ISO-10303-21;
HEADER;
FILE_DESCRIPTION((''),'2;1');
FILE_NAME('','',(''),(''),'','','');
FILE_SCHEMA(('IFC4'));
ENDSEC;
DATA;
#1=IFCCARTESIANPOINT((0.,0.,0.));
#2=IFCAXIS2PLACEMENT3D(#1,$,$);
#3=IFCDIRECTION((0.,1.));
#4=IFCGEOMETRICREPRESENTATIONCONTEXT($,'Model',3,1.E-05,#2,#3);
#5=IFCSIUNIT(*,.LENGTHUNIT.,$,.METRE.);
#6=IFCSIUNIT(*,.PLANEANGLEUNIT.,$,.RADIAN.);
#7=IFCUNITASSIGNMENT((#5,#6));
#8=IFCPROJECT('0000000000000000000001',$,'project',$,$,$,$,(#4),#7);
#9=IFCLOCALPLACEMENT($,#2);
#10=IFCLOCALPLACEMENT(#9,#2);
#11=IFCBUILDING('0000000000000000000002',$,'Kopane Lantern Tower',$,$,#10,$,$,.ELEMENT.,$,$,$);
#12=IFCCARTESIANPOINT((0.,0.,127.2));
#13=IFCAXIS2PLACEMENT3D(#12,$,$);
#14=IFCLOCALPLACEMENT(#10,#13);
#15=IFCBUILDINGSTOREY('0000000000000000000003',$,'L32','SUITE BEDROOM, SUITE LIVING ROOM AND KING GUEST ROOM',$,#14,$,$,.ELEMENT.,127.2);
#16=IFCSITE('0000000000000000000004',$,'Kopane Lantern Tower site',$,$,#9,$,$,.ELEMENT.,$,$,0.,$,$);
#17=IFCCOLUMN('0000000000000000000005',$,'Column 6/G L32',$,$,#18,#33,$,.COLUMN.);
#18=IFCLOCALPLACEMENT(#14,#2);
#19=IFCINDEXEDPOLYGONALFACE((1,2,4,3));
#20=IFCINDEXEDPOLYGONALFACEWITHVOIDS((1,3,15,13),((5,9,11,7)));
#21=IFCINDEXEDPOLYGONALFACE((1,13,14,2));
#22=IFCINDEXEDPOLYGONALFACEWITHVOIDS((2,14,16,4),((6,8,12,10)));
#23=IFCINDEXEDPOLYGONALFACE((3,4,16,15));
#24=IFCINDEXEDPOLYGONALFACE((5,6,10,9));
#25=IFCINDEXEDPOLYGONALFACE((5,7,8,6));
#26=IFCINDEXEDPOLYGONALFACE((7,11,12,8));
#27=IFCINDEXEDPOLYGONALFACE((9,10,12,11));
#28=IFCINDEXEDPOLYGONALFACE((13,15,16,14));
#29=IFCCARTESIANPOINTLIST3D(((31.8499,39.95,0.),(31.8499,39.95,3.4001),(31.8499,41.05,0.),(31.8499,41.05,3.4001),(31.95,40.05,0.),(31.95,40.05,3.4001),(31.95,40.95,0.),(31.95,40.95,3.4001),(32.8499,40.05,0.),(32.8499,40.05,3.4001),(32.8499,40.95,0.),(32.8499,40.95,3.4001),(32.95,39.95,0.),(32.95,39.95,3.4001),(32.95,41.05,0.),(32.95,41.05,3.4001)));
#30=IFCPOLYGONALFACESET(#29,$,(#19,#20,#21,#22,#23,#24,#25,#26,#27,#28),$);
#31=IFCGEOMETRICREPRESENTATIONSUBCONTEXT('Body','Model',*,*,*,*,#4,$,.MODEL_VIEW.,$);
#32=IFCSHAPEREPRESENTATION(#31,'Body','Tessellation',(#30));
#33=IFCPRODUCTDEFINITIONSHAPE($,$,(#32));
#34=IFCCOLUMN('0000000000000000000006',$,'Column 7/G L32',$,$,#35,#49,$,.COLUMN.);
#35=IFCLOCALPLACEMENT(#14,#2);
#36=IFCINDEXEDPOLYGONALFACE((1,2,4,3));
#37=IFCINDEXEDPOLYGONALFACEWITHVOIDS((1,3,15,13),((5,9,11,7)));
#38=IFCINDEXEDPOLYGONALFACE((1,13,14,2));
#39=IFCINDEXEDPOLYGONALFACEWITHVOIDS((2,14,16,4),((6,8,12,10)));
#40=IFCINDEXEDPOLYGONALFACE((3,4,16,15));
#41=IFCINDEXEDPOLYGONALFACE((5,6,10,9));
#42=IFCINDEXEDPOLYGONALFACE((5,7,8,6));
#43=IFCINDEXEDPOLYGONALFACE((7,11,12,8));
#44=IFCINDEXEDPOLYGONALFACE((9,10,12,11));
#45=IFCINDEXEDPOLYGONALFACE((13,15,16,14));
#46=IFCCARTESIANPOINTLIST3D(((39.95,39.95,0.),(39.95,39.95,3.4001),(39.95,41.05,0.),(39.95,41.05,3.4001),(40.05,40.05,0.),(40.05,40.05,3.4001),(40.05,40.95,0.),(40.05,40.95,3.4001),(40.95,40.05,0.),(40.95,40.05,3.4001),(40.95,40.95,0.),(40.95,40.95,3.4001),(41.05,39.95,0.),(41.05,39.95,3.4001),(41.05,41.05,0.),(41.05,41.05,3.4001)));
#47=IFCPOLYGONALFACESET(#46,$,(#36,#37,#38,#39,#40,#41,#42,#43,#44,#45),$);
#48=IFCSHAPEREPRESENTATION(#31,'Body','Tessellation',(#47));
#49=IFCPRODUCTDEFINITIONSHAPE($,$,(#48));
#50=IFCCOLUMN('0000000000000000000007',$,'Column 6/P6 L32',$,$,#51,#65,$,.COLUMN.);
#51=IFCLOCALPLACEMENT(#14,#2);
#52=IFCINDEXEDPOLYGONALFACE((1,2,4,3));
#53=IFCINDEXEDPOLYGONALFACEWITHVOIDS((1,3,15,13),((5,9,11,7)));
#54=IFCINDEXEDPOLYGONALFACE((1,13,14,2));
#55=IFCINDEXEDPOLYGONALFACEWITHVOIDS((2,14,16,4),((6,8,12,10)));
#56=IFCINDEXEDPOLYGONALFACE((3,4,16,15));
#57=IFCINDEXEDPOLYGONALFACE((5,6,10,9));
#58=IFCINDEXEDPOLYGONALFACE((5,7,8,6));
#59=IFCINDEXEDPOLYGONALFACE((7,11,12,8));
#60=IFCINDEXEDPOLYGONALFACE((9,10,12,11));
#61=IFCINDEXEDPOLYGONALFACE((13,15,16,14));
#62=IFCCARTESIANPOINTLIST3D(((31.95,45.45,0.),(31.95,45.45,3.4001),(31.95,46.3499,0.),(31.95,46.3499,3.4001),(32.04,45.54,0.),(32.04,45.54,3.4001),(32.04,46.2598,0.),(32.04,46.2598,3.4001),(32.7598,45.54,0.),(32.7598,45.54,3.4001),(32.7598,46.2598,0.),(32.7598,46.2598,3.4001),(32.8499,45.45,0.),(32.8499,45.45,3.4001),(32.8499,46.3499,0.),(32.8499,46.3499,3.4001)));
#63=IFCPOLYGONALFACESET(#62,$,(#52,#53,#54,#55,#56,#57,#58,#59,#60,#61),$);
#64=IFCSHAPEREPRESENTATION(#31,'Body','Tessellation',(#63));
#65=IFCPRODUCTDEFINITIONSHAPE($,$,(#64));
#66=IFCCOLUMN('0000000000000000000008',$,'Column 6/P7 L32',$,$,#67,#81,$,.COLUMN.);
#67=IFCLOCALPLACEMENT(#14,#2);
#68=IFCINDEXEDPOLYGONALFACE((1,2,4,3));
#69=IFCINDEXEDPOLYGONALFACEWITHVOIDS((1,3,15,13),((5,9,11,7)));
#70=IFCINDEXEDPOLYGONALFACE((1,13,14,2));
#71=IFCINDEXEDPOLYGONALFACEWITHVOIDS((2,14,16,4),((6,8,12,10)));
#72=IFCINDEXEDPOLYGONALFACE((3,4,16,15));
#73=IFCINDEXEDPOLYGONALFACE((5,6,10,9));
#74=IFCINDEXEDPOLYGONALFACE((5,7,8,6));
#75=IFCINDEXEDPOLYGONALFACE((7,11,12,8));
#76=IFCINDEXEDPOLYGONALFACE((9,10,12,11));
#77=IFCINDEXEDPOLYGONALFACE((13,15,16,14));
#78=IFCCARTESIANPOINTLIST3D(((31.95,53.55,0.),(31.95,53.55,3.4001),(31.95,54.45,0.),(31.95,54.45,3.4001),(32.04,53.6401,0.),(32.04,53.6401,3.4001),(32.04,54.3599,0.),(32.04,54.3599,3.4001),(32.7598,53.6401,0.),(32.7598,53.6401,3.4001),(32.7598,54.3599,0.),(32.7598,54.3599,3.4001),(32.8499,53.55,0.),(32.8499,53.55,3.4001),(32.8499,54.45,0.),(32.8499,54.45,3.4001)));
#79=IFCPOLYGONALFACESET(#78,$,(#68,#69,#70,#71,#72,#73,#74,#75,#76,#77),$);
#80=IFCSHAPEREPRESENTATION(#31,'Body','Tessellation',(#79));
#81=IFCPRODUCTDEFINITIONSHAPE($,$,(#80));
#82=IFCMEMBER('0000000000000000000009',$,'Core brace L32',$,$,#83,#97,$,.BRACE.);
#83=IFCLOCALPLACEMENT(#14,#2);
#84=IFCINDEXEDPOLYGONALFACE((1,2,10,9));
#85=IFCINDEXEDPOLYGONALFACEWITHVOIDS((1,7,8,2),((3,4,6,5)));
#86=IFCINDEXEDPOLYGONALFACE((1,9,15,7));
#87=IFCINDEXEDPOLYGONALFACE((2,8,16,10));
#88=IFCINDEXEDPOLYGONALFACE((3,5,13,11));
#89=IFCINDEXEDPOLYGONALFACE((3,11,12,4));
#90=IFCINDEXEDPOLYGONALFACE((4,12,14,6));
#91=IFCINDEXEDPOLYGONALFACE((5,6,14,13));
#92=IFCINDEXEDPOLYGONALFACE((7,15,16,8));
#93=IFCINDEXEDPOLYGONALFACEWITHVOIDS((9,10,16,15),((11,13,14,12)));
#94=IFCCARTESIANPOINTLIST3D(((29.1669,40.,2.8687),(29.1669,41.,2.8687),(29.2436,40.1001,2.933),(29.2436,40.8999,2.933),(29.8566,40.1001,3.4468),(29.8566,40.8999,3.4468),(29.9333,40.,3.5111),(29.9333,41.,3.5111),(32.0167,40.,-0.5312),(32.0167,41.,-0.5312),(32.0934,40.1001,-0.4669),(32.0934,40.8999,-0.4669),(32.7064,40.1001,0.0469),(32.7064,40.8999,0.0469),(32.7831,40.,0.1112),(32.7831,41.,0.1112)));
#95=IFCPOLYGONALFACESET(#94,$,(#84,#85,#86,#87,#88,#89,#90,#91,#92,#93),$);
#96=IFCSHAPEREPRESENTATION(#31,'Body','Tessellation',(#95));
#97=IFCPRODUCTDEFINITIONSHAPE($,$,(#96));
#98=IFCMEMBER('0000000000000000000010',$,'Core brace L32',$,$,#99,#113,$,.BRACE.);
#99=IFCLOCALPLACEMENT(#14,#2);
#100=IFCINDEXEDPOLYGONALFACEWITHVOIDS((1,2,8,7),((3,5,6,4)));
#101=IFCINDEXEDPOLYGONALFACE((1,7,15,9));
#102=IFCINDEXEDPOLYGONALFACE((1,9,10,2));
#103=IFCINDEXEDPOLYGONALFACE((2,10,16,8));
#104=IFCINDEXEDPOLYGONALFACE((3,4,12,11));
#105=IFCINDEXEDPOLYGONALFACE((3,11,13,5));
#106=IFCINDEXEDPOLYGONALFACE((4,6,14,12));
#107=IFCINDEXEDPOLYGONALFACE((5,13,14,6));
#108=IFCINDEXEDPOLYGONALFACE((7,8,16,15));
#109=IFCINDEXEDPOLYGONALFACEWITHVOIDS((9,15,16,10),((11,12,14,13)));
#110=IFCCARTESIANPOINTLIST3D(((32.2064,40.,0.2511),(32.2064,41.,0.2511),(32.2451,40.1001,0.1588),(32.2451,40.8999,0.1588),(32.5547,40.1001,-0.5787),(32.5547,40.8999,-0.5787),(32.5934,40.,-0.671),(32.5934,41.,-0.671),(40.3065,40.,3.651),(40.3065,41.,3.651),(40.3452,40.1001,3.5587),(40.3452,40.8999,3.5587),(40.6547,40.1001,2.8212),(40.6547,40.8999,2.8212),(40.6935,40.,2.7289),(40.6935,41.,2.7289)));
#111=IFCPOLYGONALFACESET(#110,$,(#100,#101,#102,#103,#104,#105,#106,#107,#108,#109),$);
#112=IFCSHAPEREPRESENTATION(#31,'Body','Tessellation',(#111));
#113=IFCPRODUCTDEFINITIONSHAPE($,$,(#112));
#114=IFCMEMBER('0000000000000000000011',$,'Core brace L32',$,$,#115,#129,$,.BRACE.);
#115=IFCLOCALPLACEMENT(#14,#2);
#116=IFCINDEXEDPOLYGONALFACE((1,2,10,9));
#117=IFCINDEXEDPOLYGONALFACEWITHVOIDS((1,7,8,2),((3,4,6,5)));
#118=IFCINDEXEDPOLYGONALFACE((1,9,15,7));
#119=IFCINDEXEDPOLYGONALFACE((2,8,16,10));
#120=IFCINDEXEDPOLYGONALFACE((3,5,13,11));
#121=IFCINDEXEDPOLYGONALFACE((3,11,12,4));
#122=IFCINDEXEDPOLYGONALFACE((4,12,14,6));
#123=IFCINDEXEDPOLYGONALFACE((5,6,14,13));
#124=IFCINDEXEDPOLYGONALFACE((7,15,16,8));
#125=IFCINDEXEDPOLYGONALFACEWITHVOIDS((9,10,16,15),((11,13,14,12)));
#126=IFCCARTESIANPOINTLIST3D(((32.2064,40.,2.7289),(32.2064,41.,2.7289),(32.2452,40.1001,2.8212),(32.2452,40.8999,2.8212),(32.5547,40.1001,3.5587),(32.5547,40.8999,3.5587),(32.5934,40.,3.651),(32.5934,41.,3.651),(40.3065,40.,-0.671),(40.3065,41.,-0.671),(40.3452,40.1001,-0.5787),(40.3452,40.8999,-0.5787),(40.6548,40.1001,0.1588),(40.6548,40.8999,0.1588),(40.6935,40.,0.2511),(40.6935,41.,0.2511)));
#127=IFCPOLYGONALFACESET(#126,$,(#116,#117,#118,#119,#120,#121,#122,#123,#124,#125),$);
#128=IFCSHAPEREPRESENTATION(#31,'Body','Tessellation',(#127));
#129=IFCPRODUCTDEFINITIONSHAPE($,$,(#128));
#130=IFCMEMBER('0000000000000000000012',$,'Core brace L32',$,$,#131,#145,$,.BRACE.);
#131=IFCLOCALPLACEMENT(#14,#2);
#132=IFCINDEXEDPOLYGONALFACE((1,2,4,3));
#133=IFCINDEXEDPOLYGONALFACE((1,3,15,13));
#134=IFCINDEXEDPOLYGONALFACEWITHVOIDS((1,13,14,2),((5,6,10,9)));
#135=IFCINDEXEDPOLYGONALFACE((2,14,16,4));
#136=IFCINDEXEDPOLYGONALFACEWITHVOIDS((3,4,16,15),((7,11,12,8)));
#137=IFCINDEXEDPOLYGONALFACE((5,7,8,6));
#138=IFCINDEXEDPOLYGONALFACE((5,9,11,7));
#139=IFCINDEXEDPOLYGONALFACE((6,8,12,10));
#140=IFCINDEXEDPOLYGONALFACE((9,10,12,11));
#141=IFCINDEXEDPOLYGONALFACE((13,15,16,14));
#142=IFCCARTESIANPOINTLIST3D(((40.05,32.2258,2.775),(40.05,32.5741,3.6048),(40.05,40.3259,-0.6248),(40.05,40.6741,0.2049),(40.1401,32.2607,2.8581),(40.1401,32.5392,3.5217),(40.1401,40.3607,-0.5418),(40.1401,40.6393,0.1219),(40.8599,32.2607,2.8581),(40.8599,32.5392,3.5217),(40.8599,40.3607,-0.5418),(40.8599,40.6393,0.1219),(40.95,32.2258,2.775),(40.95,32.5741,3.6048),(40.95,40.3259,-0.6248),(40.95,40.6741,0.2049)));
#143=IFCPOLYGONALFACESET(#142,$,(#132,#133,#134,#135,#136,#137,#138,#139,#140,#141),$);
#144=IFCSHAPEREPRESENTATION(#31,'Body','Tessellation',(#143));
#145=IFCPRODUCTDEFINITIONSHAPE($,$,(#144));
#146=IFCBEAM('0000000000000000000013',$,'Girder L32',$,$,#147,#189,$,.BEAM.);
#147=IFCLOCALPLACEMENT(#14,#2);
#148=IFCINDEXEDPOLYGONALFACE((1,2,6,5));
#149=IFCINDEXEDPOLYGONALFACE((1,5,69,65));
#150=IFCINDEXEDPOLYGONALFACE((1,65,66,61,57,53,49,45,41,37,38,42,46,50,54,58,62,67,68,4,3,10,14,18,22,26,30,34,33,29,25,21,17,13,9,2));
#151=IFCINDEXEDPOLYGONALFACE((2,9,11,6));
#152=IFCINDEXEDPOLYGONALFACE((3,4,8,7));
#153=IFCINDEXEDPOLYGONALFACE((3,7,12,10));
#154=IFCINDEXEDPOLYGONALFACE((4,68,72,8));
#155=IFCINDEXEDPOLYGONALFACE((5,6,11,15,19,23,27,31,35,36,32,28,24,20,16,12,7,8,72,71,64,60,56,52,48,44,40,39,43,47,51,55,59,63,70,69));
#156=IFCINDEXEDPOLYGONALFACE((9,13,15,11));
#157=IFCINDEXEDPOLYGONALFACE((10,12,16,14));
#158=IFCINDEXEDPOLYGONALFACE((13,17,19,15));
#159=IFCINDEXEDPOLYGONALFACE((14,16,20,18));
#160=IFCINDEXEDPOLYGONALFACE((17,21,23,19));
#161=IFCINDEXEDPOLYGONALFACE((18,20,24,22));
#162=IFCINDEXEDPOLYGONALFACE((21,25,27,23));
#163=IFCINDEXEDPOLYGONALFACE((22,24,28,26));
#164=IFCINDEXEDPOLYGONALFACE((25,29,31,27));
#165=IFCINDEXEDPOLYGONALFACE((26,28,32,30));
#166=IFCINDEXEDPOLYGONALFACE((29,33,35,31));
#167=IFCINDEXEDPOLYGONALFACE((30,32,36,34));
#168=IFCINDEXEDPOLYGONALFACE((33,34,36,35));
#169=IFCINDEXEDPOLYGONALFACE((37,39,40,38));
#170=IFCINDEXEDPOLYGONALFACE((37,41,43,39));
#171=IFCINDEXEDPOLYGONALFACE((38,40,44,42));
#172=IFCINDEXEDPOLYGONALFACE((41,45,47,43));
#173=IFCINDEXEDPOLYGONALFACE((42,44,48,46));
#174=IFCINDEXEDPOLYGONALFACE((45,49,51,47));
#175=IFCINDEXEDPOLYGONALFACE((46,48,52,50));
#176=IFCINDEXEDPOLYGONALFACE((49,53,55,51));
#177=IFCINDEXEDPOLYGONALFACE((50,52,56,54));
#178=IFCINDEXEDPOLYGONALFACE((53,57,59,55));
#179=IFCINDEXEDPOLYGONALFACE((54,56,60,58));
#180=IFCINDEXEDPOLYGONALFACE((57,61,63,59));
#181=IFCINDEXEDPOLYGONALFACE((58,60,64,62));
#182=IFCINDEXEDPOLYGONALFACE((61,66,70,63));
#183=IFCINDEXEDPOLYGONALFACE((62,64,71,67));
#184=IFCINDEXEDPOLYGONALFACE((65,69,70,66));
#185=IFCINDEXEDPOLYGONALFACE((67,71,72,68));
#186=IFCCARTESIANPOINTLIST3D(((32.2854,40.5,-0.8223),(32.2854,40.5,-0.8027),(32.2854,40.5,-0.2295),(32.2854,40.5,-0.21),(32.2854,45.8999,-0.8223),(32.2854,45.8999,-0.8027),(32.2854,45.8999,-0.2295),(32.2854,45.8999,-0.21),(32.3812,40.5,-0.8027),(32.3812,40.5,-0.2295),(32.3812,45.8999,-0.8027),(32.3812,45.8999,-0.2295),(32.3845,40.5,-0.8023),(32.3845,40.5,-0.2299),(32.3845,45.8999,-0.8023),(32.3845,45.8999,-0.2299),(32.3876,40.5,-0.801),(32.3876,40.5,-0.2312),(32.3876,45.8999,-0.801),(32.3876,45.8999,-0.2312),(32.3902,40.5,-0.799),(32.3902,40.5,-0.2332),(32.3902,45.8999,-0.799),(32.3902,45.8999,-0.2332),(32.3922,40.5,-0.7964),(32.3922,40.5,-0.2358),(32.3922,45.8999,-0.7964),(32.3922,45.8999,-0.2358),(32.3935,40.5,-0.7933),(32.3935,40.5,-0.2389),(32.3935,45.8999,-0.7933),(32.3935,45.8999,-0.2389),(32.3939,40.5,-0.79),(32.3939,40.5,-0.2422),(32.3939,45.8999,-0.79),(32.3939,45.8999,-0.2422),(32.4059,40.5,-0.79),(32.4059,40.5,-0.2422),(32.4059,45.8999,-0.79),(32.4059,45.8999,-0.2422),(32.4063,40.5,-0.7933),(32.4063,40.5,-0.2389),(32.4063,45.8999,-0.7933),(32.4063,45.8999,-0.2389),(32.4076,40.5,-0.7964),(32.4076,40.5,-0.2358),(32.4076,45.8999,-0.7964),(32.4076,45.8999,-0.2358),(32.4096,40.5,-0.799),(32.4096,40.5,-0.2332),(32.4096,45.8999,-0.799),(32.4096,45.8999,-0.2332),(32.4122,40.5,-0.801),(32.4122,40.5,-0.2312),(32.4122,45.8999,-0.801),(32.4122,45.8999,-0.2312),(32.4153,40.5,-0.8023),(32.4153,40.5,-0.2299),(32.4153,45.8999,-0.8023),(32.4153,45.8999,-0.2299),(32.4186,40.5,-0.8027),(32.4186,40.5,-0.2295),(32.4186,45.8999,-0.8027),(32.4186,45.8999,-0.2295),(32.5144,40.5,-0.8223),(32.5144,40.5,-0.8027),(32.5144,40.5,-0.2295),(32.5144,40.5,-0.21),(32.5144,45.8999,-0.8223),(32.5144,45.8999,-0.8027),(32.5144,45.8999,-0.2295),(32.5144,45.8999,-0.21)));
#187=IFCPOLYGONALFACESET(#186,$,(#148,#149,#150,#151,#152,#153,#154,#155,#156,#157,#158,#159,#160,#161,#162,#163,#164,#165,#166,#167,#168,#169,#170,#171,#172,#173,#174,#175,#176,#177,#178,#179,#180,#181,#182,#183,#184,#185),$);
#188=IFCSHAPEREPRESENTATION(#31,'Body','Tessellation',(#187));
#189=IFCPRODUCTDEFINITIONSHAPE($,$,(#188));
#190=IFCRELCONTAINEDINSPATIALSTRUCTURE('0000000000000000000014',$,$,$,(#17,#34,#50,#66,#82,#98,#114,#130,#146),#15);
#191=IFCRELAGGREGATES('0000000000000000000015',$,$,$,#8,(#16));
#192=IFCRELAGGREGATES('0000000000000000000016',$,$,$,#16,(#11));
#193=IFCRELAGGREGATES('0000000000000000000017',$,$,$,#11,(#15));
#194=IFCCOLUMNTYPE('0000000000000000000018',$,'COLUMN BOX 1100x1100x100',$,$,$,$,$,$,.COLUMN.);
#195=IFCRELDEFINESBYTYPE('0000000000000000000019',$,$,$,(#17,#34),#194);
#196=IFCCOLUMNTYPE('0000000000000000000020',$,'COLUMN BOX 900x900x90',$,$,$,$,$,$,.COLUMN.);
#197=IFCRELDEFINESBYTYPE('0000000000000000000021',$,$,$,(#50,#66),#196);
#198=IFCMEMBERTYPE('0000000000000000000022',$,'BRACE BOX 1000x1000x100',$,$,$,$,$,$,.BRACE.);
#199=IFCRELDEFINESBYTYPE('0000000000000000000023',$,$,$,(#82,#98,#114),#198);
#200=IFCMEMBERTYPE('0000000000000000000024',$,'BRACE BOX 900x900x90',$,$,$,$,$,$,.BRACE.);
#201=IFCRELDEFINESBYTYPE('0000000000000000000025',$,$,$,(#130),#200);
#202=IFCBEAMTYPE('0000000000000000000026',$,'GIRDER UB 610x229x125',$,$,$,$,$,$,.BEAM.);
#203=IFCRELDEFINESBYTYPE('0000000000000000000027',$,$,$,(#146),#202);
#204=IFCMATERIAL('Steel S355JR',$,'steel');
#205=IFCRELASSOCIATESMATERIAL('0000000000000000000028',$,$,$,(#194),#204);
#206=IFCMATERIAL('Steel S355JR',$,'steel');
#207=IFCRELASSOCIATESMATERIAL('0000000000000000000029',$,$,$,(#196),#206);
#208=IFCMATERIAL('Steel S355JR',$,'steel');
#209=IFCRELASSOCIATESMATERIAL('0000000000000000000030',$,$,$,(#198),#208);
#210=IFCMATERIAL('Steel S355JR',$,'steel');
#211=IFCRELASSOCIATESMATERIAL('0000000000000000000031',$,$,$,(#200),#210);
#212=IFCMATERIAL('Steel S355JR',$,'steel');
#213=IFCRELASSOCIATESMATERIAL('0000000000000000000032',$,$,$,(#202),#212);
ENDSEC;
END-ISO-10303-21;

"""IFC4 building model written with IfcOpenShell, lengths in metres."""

from ifc_helpers import new_model, si_unit, direction, frame, origin, origin_2d, place, context, subcontext, project, spatial, hollow_rectangle, i_section, extrude, material, material_profile, profile_set, type_object, element, save


model = new_model("IFC4")

# Units and contexts
model_context = context("Model", 3, precision=1e-05, world=origin(), true_north=direction((0.0, 1.0)))
body_context = subcontext(model_context, "Body", "Model", "MODEL_VIEW")
ifc_project = project(units=[si_unit("LENGTHUNIT", "METRE"), si_unit("PLANEANGLEUNIT", "RADIAN")], contexts=[model_context])

# Site, building, storey
site_placement = place(None, origin())
site = spatial("IfcSite", under=ifc_project, at=site_placement, Name="Kopane Lantern Tower site", CompositionType="ELEMENT", RefElevation=0.0)
building_placement = place(site_placement, origin())
building = spatial("IfcBuilding", under=site, at=building_placement, Name="Kopane Lantern Tower", CompositionType="ELEMENT")
storey_placement = place(building_placement, frame((0.0, 0.0, 127.2)))
storey = spatial("IfcBuildingStorey", under=building, at=storey_placement, Name="L32", Description="SUITE BEDROOM, SUITE LIVING ROOM AND KING GUEST ROOM", CompositionType="ELEMENT", Elevation=127.2)

# Columns
ifc_material_1 = material(Name="Steel S355JR", Category="steel")
ifc_material_profile_1 = material_profile(ifc_material_1, hollow_rectangle(XDim=1.1001, YDim=1.1001, WallThickness=0.1001, at=origin_2d()), Name="BOX 1100x1100x100")
ifc_profile_set_1 = profile_set([ifc_material_profile_1], Name="Steel S355JR")
column_type_1 = type_object("IfcColumnType", Name="COLUMN BOX 1100x1100x100", PredefinedType="COLUMN", material=ifc_profile_set_1)
for number, where, z_axis, x_axis, name in (
    (1, (32.3999, 40.5, 0.0), (0.0, 0.0, 1.0), (1.0, 0.0, 0.0), "Column 6/G L32"),
    (2, (40.5, 40.5, 0.0), (0.0, 0.0, 1.0), (1.0, 0.0, 0.0), "Column 7/G L32"),
):
    element("IfcColumn", number, at=place(storey_placement, frame(where, z_axis=z_axis, x_axis=x_axis)), inside=storey, type_object=column_type_1, Name=name, PredefinedType="COLUMN", context=body_context, shape_type="SweptSolid", body=[
        extrude(hollow_rectangle(XDim=1.1001, YDim=1.1001, WallThickness=0.1001, at=origin_2d()), origin(), (0.0, 0.0, 1.0), 3.4001),
    ])
ifc_material_2 = material(Name="Steel S355JR", Category="steel")
ifc_material_profile_2 = material_profile(ifc_material_2, hollow_rectangle(XDim=0.8999, YDim=0.8999, WallThickness=0.0901, at=origin_2d()), Name="BOX 900x900x90")
ifc_profile_set_2 = profile_set([ifc_material_profile_2], Name="Steel S355JR")
column_type_2 = type_object("IfcColumnType", Name="COLUMN BOX 900x900x90", PredefinedType="COLUMN", material=ifc_profile_set_2)
for number, where, z_axis, x_axis, name in (
    (3, (32.3999, 45.8999, 0.0), (0.0, 0.0, 1.0), (1.0, 0.0, 0.0), "Column 6/P6 L32"),
    (4, (32.3999, 54.0, 0.0), (0.0, 0.0, 1.0), (1.0, 0.0, 0.0), "Column 6/P7 L32"),
):
    element("IfcColumn", number, at=place(storey_placement, frame(where, z_axis=z_axis, x_axis=x_axis)), inside=storey, type_object=column_type_2, Name=name, PredefinedType="COLUMN", context=body_context, shape_type="SweptSolid", body=[
        extrude(hollow_rectangle(XDim=0.8999, YDim=0.8999, WallThickness=0.0901, at=origin_2d()), origin(), (0.0, 0.0, 1.0), 3.4001),
    ])

# Members
ifc_material_3 = material(Name="Steel S355JR", Category="steel")
ifc_material_profile_3 = material_profile(ifc_material_3, hollow_rectangle(XDim=1.0, YDim=1.0, WallThickness=0.1001, at=origin_2d()), Name="BOX 1000x1000x100")
ifc_profile_set_3 = profile_set([ifc_material_profile_3], Name="Steel S355JR")
member_type_1 = type_object("IfcMemberType", Name="BRACE BOX 1000x1000x100", PredefinedType="BRACE", material=ifc_profile_set_3)
member_1_placement = place(storey_placement, frame((32.3999, 40.5, -0.21), z_axis=(-0.64239, 0.0, 0.766378), x_axis=(0.0, -1.0, 0.0)))
element("IfcMember", 5, at=member_1_placement, inside=storey, type_object=member_type_1, Name="Core brace L32", PredefinedType="BRACE", context=body_context, shape_type="SweptSolid", body=[
    extrude(hollow_rectangle(XDim=1.0, YDim=1.0, WallThickness=0.1001, at=origin_2d()), origin(), (0.0, 0.0, 1.0), 4.4363),
])
for number, where, z_axis, x_axis, name in (
    (6, (32.3999, 40.5, -0.21), (0.922069, 0.0, 0.387026), (0.0, 1.0, 0.0), "Core brace L32"),
    (7, (40.5, 40.5, -0.21), (-0.922069, 0.0, 0.387026), (0.0, -1.0, 0.0), "Core brace L32"),
):
    element("IfcMember", number, at=place(storey_placement, frame(where, z_axis=z_axis, x_axis=x_axis)), inside=storey, type_object=member_type_1, Name=name, PredefinedType="BRACE", context=body_context, shape_type="SweptSolid", body=[
        extrude(hollow_rectangle(XDim=1.0, YDim=1.0, WallThickness=0.1001, at=origin_2d()), origin(), (0.0, 0.0, 1.0), 8.7847),
    ])
ifc_material_4 = material(Name="Steel S355JR", Category="steel")
ifc_material_profile_4 = material_profile(ifc_material_4, hollow_rectangle(XDim=0.8999, YDim=0.8999, WallThickness=0.0901, at=origin_2d()), Name="BOX 900x900x90")
ifc_profile_set_4 = profile_set([ifc_material_profile_4], Name="Steel S355JR")
member_type_2 = type_object("IfcMemberType", Name="BRACE BOX 900x900x90", PredefinedType="BRACE", material=ifc_profile_set_4)
member_2_placement = place(storey_placement, frame((40.5, 40.5, -0.21), z_axis=(0.0, -0.922069, 0.387026), x_axis=(1.0, 0.0, 0.0)))
element("IfcMember", 8, at=member_2_placement, inside=storey, type_object=member_type_2, Name="Core brace L32", PredefinedType="BRACE", context=body_context, shape_type="SweptSolid", body=[
    extrude(hollow_rectangle(XDim=0.8999, YDim=0.8999, WallThickness=0.0901, at=origin_2d()), origin(), (0.0, 0.0, 1.0), 8.7847),
])

# Beam
ifc_material_5 = material(Name="Steel S355JR", Category="steel")
ifc_material_profile_5 = material_profile(ifc_material_5, i_section(OverallWidth=0.229, OverallDepth=0.6123, WebThickness=0.012, FlangeThickness=0.0195, FilletRadius=0.0127, at=origin_2d()), Name="UB 610x229x125")
ifc_profile_set_5 = profile_set([ifc_material_profile_5], Name="Steel S355JR")
beam_type = type_object("IfcBeamType", Name="GIRDER UB 610x229x125", PredefinedType="BEAM", material=ifc_profile_set_5)
beam_1_placement = place(storey_placement, frame((32.3999, 40.5, -0.5161), z_axis=(0.0, 1.0, 0.0), x_axis=(-1.0, 0.0, 0.0)))
element("IfcBeam", 9, at=beam_1_placement, inside=storey, type_object=beam_type, Name="Girder L32", PredefinedType="BEAM", context=body_context, shape_type="SweptSolid", body=[
    extrude(i_section(OverallWidth=0.229, OverallDepth=0.6123, WebThickness=0.012, FlangeThickness=0.0195, FilletRadius=0.0127, at=origin_2d()), origin(), (0.0, 0.0, 1.0), 5.3999),
])

save(model, "model.ifc")
